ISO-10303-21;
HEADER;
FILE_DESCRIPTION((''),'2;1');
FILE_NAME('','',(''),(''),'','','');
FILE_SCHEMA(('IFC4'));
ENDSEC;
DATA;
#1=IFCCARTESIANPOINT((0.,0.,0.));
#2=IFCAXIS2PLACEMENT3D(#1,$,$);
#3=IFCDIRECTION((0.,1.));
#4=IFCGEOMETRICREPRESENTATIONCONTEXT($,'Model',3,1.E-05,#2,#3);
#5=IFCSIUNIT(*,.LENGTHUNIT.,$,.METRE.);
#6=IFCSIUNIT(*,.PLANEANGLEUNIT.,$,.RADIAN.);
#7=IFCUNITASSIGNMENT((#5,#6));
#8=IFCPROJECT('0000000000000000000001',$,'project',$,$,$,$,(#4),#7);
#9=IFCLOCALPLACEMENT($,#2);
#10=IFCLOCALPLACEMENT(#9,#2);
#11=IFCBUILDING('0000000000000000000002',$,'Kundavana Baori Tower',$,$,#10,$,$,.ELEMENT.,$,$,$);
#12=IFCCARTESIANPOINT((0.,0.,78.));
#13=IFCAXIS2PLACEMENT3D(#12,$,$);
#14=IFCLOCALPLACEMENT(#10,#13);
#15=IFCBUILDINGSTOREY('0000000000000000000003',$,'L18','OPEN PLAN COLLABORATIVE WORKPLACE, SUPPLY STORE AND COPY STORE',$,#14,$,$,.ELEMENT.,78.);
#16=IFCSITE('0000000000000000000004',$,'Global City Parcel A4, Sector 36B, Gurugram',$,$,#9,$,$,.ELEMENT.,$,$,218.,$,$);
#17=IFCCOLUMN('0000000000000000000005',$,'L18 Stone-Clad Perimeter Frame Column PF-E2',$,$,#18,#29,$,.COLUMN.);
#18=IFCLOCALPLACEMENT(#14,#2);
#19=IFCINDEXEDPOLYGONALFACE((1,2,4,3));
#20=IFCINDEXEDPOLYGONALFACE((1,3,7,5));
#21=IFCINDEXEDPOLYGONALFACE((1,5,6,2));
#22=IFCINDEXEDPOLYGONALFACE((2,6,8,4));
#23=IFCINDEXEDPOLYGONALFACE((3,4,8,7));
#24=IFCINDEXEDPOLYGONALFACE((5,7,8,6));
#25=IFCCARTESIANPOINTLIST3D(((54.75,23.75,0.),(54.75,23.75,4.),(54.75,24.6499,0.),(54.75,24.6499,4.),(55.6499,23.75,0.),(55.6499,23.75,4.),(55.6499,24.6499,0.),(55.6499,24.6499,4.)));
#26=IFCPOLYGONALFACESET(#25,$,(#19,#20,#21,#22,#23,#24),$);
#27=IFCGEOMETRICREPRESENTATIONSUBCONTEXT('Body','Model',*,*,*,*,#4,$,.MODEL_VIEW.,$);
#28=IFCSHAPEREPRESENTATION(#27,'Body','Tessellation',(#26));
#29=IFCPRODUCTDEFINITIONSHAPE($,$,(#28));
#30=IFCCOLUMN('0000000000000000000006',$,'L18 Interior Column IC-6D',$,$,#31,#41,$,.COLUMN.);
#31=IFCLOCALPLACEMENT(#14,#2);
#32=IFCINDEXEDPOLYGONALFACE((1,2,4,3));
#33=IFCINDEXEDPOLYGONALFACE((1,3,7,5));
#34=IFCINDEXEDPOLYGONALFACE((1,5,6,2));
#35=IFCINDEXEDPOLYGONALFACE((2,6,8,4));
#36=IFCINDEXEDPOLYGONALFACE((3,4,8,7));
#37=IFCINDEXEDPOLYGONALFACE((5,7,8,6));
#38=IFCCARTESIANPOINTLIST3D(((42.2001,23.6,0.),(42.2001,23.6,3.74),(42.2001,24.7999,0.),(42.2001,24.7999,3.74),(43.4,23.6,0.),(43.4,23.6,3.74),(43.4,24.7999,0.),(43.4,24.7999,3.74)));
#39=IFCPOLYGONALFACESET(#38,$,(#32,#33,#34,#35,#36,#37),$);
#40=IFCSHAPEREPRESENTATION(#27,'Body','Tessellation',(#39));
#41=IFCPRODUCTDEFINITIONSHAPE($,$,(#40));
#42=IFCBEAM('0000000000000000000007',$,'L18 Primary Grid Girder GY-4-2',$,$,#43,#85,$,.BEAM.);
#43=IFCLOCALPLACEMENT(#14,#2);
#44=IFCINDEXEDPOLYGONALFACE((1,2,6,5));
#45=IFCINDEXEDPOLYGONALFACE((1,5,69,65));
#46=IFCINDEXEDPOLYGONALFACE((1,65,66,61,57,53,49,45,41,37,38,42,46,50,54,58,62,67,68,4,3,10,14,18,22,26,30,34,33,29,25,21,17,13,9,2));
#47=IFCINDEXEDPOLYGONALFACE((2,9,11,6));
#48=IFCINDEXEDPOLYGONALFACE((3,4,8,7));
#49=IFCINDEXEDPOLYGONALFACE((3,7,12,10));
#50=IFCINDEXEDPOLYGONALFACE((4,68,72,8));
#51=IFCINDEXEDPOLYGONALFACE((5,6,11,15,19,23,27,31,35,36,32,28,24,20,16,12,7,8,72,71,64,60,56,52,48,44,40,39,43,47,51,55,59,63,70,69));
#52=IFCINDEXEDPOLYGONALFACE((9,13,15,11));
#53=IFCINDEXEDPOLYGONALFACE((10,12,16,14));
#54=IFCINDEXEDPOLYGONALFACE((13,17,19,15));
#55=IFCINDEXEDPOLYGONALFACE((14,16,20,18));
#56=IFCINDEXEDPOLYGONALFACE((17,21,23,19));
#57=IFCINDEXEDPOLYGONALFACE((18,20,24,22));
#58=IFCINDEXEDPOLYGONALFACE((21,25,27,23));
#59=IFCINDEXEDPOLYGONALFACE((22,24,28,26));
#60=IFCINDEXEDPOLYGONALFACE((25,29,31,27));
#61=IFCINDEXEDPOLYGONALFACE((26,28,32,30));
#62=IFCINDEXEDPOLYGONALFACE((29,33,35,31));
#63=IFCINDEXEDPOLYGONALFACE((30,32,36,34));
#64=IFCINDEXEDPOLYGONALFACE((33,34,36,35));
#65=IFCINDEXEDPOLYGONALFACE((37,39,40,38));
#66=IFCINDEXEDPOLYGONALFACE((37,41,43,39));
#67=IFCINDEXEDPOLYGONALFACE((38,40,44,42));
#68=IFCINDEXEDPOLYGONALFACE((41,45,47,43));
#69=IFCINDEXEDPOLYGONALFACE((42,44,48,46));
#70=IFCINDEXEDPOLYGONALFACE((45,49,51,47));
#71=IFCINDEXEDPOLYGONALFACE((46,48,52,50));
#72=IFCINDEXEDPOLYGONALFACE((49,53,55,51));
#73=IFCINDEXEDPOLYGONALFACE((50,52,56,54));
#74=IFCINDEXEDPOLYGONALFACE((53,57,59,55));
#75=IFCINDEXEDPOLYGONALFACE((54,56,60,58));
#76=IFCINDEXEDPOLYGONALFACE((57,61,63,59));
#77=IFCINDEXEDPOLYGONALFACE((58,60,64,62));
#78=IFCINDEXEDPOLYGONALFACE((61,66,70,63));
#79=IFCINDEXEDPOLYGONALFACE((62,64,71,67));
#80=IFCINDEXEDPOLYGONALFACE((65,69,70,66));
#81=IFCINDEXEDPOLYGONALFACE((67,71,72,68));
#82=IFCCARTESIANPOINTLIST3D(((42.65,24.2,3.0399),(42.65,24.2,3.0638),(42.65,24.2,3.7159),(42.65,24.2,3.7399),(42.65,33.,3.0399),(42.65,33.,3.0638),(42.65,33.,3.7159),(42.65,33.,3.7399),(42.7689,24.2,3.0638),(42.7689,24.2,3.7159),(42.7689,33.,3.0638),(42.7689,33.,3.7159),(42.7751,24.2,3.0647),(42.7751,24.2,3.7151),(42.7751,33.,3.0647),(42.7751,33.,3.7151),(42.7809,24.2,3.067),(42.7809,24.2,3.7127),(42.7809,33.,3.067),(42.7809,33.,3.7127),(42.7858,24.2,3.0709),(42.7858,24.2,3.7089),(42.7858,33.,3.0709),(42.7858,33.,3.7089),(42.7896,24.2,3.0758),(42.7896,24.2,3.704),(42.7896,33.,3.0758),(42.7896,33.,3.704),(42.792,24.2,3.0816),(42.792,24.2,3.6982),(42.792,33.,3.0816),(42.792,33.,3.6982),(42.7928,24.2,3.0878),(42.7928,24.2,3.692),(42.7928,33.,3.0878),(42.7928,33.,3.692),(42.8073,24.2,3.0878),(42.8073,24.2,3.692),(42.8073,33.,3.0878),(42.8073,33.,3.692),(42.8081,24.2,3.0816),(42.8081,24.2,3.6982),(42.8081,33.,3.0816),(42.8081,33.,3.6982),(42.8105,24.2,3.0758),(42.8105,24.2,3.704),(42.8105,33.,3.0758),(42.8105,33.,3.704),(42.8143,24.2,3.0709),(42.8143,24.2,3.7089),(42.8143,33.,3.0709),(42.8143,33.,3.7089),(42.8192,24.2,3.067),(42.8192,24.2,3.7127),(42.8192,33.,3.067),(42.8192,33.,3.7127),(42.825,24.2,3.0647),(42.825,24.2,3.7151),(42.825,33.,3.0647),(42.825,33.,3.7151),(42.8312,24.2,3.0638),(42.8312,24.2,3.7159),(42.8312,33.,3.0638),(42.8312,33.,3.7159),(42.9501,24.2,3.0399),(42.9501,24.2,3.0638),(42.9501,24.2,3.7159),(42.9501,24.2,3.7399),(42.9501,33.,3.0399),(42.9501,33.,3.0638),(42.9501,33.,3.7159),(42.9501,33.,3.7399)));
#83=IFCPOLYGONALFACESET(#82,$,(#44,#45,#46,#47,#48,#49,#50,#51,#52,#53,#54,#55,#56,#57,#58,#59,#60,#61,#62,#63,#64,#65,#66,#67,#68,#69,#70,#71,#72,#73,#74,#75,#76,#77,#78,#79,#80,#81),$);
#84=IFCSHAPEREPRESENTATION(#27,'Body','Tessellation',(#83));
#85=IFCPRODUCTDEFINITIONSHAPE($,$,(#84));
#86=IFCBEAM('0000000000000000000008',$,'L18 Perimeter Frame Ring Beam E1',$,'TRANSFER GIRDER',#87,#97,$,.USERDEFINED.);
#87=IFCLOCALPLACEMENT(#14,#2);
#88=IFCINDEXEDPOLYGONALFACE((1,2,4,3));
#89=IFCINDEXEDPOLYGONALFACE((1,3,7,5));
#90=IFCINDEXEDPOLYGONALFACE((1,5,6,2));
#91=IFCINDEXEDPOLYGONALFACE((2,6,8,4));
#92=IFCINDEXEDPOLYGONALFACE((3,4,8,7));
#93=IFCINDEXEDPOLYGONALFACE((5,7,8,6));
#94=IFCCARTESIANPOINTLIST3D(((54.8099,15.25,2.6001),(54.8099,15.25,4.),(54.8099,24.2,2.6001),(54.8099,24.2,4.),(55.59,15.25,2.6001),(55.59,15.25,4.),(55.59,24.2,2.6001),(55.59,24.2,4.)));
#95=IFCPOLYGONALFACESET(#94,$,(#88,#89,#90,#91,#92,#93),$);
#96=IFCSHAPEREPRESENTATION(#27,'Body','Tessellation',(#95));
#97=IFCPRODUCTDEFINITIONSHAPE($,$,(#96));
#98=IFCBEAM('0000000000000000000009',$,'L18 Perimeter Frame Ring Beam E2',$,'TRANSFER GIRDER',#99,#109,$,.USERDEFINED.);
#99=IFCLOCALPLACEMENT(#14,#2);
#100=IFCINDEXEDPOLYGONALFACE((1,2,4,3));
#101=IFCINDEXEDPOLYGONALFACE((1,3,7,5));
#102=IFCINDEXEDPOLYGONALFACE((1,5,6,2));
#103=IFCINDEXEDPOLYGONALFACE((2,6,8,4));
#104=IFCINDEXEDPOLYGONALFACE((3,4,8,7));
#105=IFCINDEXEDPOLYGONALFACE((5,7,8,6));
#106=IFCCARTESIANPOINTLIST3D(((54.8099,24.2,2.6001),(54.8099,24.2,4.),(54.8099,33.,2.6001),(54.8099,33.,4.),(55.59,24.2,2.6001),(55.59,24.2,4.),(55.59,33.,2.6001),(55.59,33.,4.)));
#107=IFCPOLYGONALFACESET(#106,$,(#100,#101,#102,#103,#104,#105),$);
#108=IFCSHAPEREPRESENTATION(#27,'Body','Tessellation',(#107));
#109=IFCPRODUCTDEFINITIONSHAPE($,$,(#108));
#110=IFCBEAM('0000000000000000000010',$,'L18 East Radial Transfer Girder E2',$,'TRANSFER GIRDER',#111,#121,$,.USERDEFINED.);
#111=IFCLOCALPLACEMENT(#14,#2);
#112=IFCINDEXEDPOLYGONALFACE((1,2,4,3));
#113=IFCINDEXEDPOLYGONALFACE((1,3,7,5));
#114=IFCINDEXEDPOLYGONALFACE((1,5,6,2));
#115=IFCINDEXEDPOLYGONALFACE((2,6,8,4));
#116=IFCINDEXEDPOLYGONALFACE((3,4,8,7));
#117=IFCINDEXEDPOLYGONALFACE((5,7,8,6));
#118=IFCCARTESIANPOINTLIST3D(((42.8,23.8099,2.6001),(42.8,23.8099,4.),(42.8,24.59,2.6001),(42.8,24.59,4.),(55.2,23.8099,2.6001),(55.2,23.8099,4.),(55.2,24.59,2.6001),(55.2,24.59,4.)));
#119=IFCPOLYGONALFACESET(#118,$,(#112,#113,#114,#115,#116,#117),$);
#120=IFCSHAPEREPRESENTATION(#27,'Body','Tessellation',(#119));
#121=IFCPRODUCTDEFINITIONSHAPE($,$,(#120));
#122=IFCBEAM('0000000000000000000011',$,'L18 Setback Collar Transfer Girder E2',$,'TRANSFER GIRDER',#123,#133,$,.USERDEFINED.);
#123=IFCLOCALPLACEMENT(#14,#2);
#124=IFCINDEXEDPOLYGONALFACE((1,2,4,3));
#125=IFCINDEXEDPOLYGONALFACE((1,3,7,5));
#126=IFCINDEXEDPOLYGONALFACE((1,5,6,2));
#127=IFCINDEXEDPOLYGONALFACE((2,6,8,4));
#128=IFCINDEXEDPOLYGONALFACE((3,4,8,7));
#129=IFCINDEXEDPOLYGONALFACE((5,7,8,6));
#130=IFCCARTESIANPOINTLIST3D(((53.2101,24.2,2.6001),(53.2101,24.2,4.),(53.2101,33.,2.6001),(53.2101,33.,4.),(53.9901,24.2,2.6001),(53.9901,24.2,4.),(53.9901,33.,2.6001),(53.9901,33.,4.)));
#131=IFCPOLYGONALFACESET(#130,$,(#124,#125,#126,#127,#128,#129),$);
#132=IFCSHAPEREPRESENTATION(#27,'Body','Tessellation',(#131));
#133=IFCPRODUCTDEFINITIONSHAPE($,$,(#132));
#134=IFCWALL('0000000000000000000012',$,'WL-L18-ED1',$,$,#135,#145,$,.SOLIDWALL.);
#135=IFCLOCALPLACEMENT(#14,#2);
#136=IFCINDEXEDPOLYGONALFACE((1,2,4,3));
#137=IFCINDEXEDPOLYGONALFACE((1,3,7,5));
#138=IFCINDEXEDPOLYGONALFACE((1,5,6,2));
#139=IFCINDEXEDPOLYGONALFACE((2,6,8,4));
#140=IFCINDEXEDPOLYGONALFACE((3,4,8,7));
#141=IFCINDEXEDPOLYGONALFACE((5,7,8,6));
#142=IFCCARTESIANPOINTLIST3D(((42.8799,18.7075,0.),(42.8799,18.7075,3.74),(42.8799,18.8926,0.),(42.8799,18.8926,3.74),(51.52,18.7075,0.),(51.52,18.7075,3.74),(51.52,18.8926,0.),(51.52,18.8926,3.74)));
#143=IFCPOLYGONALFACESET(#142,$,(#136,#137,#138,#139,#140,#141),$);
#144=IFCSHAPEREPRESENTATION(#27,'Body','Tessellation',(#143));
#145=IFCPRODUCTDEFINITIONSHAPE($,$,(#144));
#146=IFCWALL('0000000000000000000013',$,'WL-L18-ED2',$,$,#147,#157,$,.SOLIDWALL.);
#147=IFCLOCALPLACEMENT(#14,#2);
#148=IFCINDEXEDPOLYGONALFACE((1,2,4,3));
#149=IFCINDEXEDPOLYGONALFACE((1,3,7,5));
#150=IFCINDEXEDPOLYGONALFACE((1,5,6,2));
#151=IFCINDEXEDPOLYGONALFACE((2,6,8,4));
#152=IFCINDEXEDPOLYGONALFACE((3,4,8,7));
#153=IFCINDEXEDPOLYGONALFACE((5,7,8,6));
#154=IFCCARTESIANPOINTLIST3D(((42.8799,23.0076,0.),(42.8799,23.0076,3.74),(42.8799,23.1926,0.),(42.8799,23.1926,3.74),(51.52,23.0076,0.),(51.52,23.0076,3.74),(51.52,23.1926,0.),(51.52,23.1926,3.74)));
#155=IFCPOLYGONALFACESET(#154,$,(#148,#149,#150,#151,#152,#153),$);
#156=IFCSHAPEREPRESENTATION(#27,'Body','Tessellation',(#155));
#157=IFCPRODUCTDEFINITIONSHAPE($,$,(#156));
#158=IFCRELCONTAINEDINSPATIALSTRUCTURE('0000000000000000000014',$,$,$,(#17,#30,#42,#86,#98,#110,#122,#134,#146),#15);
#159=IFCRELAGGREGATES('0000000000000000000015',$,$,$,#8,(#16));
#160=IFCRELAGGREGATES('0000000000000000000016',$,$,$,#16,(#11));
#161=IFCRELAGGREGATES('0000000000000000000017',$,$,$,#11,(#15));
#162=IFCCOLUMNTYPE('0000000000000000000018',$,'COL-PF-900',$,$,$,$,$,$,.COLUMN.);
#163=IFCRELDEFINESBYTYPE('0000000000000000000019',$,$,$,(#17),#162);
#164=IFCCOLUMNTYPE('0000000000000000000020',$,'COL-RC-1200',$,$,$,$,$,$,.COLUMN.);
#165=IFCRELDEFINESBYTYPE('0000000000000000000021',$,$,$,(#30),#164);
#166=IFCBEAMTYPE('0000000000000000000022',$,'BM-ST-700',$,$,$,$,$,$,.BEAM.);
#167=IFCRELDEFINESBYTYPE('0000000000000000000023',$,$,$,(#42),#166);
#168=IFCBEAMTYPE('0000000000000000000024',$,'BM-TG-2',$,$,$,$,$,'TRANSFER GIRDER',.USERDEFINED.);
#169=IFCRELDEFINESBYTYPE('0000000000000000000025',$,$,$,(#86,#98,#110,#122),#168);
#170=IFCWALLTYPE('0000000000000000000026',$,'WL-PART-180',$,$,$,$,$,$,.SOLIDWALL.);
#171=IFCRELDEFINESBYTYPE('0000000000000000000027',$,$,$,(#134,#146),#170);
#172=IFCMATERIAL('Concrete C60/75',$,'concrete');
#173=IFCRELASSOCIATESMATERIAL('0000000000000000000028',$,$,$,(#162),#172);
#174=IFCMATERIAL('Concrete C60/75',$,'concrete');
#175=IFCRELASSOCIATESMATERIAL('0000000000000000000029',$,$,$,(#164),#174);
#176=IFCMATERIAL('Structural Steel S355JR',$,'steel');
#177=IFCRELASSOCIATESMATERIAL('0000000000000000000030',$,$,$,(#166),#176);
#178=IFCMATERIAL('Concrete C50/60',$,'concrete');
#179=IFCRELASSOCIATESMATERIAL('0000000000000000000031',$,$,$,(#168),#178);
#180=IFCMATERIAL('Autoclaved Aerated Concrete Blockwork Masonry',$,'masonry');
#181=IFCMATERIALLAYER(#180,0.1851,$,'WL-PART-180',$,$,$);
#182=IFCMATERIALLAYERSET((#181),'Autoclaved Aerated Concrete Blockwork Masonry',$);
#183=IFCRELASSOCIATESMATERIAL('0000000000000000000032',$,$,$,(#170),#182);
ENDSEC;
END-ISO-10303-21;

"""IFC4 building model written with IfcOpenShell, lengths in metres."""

from ifc_helpers import new_model, si_unit, direction, frame, frame_2d, origin, origin_2d, place, context, subcontext, project, spatial, rectangle, i_section, extrude, material, layer, layer_set, material_profile, profile_set, type_object, element, save


model = new_model("IFC4")

# Units and contexts
model_context = context("Model", 3, precision=1e-05, world=origin(), true_north=direction((0.0, 1.0)))
body_context = subcontext(model_context, "Body", "Model", "MODEL_VIEW")
ifc_project = project(units=[si_unit("LENGTHUNIT", "METRE"), si_unit("PLANEANGLEUNIT", "RADIAN")], contexts=[model_context])

# Site, building, storey
site_placement = place(None, origin())
site = spatial("IfcSite", under=ifc_project, at=site_placement, Name="Global City Parcel A4, Sector 36B, Gurugram", CompositionType="ELEMENT", RefElevation=218.0)
building_placement = place(site_placement, origin())
building = spatial("IfcBuilding", under=site, at=building_placement, Name="Kundavana Baori Tower", CompositionType="ELEMENT")
storey_placement = place(building_placement, frame((0.0, 0.0, 78.0)))
storey = spatial("IfcBuildingStorey", under=building, at=storey_placement, Name="L18", Description="OPEN PLAN COLLABORATIVE WORKPLACE, SUPPLY STORE AND COPY STORE", CompositionType="ELEMENT", Elevation=78.0)

# Columns
ifc_material_1 = material(Name="Concrete C60/75", Category="concrete")
ifc_material_profile_1 = material_profile(ifc_material_1, rectangle(XDim=0.8999, YDim=0.8999, at=origin_2d()), Name="RC PF 900x900")
ifc_profile_set_1 = profile_set([ifc_material_profile_1], Name="Concrete C60/75")
column_type_1 = type_object("IfcColumnType", Name="COL-PF-900", PredefinedType="COLUMN", material=ifc_profile_set_1)
column_1_placement = place(storey_placement, frame((55.2, 24.2, 0.0), z_axis=(0.0, 0.0, 1.0), x_axis=(1.0, 0.0, 0.0)))
element("IfcColumn", 1, at=column_1_placement, inside=storey, type_object=column_type_1, Name="L18 Stone-Clad Perimeter Frame Column PF-E2", PredefinedType="COLUMN", context=body_context, shape_type="SweptSolid", body=[
    extrude(rectangle(XDim=0.8999, YDim=0.8999, at=origin_2d()), origin(), (0.0, 0.0, 1.0), 4.0),
])
ifc_material_2 = material(Name="Concrete C60/75", Category="concrete")
ifc_material_profile_2 = material_profile(ifc_material_2, rectangle(XDim=1.2, YDim=1.2, at=origin_2d()), Name="RC 1200x1200")
ifc_profile_set_2 = profile_set([ifc_material_profile_2], Name="Concrete C60/75")
column_type_2 = type_object("IfcColumnType", Name="COL-RC-1200", PredefinedType="COLUMN", material=ifc_profile_set_2)
column_2_placement = place(storey_placement, frame((42.8, 24.2, 0.0), z_axis=(0.0, 0.0, 1.0), x_axis=(1.0, 0.0, 0.0)))
element("IfcColumn", 2, at=column_2_placement, inside=storey, type_object=column_type_2, Name="L18 Interior Column IC-6D", PredefinedType="COLUMN", context=body_context, shape_type="SweptSolid", body=[
    extrude(rectangle(XDim=1.2, YDim=1.2, at=origin_2d()), origin(), (0.0, 0.0, 1.0), 3.74),
])

# Beams
ifc_material_3 = material(Name="Structural Steel S355JR", Category="steel")
ifc_material_profile_3 = material_profile(ifc_material_3, i_section(OverallWidth=0.3, OverallDepth=0.7, WebThickness=0.0144, FlangeThickness=0.0239, FilletRadius=0.0239, at=origin_2d()), Name="NPB 700x300x170")
ifc_profile_set_3 = profile_set([ifc_material_profile_3], Name="Structural Steel S355JR")
beam_type_1 = type_object("IfcBeamType", Name="BM-ST-700", PredefinedType="BEAM", material=ifc_profile_set_3)
beam_1_placement = place(storey_placement, frame((42.8, 24.2, 3.3899), z_axis=(0.0, 1.0, 0.0), x_axis=(-1.0, 0.0, 0.0)))
element("IfcBeam", 3, at=beam_1_placement, inside=storey, type_object=beam_type_1, Name="L18 Primary Grid Girder GY-4-2", PredefinedType="BEAM", context=body_context, shape_type="SweptSolid", body=[
    extrude(i_section(OverallWidth=0.3, OverallDepth=0.7, WebThickness=0.0144, FlangeThickness=0.0239, FilletRadius=0.0239, at=origin_2d()), origin(), (0.0, 0.0, 1.0), 8.8),
])
ifc_material_4 = material(Name="Concrete C50/60", Category="concrete")
ifc_material_profile_4 = material_profile(ifc_material_4, rectangle(XDim=0.78, YDim=1.3999, at=origin_2d()), Name="BM-TG-2")
ifc_profile_set_4 = profile_set([ifc_material_profile_4], Name="Concrete C50/60")
beam_type_2 = type_object("IfcBeamType", Name="BM-TG-2", ElementType="TRANSFER GIRDER", PredefinedType="USERDEFINED", material=ifc_profile_set_4)
beam_2_placement = place(storey_placement, frame((55.2, 15.25, 3.3), z_axis=(0.0, 1.0, 0.0), x_axis=(-1.0, 0.0, 0.0)))
element("IfcBeam", 4, at=beam_2_placement, inside=storey, type_object=beam_type_2, Name="L18 Perimeter Frame Ring Beam E1", ObjectType="TRANSFER GIRDER", PredefinedType="USERDEFINED", context=body_context, shape_type="SweptSolid", body=[
    extrude(rectangle(XDim=0.78, YDim=1.3999, at=origin_2d()), origin(), (0.0, 0.0, 1.0), 8.95),
])
beam_3_placement = place(storey_placement, frame((55.2, 24.2, 3.3), z_axis=(0.0, 1.0, 0.0), x_axis=(-1.0, 0.0, 0.0)))
element("IfcBeam", 5, at=beam_3_placement, inside=storey, type_object=beam_type_2, Name="L18 Perimeter Frame Ring Beam E2", ObjectType="TRANSFER GIRDER", PredefinedType="USERDEFINED", context=body_context, shape_type="SweptSolid", body=[
    extrude(rectangle(XDim=0.78, YDim=1.3999, at=origin_2d()), origin(), (0.0, 0.0, 1.0), 8.8),
])
beam_4_placement = place(storey_placement, frame((42.8, 24.2, 3.3), z_axis=(1.0, 0.0, 0.0), x_axis=(0.0, 1.0, 0.0)))
element("IfcBeam", 6, at=beam_4_placement, inside=storey, type_object=beam_type_2, Name="L18 East Radial Transfer Girder E2", ObjectType="TRANSFER GIRDER", PredefinedType="USERDEFINED", context=body_context, shape_type="SweptSolid", body=[
    extrude(rectangle(XDim=0.78, YDim=1.3999, at=origin_2d()), origin(), (0.0, 0.0, 1.0), 12.3999),
])
beam_5_placement = place(storey_placement, frame((53.6001, 24.2, 3.3), z_axis=(0.0, 1.0, 0.0), x_axis=(-1.0, 0.0, 0.0)))
element("IfcBeam", 7, at=beam_5_placement, inside=storey, type_object=beam_type_2, Name="L18 Setback Collar Transfer Girder E2", ObjectType="TRANSFER GIRDER", PredefinedType="USERDEFINED", context=body_context, shape_type="SweptSolid", body=[
    extrude(rectangle(XDim=0.78, YDim=1.3999, at=origin_2d()), origin(), (0.0, 0.0, 1.0), 8.8),
])

# Walls
ifc_material_5 = material(Name="Autoclaved Aerated Concrete Blockwork Masonry", Category="masonry")
ifc_layer = layer(ifc_material_5, 0.1851, Name="WL-PART-180")
ifc_layer_set = layer_set([ifc_layer], Name="Autoclaved Aerated Concrete Blockwork Masonry")
wall_type = type_object("IfcWallType", Name="WL-PART-180", PredefinedType="SOLIDWALL", material=ifc_layer_set)
for number, where, z_axis, x_axis, name in (
    (8, (42.8799, 18.8, 0.0), (0.0, 0.0, 1.0), (1.0, 0.0, 0.0), "WL-L18-ED1"),
    (9, (42.8799, 23.1001, 0.0), (0.0, 0.0, 1.0), (1.0, 0.0, 0.0), "WL-L18-ED2"),
):
    element("IfcWall", number, at=place(storey_placement, frame(where, z_axis=z_axis, x_axis=x_axis)), inside=storey, type_object=wall_type, Name=name, PredefinedType="SOLIDWALL", context=body_context, shape_type="SweptSolid", body=[
        extrude(rectangle(XDim=8.6401, YDim=0.1851, at=frame_2d((4.3201, 0.0))), origin(), (0.0, 0.0, 1.0), 3.74),
    ])

save(model, "model.ifc")
